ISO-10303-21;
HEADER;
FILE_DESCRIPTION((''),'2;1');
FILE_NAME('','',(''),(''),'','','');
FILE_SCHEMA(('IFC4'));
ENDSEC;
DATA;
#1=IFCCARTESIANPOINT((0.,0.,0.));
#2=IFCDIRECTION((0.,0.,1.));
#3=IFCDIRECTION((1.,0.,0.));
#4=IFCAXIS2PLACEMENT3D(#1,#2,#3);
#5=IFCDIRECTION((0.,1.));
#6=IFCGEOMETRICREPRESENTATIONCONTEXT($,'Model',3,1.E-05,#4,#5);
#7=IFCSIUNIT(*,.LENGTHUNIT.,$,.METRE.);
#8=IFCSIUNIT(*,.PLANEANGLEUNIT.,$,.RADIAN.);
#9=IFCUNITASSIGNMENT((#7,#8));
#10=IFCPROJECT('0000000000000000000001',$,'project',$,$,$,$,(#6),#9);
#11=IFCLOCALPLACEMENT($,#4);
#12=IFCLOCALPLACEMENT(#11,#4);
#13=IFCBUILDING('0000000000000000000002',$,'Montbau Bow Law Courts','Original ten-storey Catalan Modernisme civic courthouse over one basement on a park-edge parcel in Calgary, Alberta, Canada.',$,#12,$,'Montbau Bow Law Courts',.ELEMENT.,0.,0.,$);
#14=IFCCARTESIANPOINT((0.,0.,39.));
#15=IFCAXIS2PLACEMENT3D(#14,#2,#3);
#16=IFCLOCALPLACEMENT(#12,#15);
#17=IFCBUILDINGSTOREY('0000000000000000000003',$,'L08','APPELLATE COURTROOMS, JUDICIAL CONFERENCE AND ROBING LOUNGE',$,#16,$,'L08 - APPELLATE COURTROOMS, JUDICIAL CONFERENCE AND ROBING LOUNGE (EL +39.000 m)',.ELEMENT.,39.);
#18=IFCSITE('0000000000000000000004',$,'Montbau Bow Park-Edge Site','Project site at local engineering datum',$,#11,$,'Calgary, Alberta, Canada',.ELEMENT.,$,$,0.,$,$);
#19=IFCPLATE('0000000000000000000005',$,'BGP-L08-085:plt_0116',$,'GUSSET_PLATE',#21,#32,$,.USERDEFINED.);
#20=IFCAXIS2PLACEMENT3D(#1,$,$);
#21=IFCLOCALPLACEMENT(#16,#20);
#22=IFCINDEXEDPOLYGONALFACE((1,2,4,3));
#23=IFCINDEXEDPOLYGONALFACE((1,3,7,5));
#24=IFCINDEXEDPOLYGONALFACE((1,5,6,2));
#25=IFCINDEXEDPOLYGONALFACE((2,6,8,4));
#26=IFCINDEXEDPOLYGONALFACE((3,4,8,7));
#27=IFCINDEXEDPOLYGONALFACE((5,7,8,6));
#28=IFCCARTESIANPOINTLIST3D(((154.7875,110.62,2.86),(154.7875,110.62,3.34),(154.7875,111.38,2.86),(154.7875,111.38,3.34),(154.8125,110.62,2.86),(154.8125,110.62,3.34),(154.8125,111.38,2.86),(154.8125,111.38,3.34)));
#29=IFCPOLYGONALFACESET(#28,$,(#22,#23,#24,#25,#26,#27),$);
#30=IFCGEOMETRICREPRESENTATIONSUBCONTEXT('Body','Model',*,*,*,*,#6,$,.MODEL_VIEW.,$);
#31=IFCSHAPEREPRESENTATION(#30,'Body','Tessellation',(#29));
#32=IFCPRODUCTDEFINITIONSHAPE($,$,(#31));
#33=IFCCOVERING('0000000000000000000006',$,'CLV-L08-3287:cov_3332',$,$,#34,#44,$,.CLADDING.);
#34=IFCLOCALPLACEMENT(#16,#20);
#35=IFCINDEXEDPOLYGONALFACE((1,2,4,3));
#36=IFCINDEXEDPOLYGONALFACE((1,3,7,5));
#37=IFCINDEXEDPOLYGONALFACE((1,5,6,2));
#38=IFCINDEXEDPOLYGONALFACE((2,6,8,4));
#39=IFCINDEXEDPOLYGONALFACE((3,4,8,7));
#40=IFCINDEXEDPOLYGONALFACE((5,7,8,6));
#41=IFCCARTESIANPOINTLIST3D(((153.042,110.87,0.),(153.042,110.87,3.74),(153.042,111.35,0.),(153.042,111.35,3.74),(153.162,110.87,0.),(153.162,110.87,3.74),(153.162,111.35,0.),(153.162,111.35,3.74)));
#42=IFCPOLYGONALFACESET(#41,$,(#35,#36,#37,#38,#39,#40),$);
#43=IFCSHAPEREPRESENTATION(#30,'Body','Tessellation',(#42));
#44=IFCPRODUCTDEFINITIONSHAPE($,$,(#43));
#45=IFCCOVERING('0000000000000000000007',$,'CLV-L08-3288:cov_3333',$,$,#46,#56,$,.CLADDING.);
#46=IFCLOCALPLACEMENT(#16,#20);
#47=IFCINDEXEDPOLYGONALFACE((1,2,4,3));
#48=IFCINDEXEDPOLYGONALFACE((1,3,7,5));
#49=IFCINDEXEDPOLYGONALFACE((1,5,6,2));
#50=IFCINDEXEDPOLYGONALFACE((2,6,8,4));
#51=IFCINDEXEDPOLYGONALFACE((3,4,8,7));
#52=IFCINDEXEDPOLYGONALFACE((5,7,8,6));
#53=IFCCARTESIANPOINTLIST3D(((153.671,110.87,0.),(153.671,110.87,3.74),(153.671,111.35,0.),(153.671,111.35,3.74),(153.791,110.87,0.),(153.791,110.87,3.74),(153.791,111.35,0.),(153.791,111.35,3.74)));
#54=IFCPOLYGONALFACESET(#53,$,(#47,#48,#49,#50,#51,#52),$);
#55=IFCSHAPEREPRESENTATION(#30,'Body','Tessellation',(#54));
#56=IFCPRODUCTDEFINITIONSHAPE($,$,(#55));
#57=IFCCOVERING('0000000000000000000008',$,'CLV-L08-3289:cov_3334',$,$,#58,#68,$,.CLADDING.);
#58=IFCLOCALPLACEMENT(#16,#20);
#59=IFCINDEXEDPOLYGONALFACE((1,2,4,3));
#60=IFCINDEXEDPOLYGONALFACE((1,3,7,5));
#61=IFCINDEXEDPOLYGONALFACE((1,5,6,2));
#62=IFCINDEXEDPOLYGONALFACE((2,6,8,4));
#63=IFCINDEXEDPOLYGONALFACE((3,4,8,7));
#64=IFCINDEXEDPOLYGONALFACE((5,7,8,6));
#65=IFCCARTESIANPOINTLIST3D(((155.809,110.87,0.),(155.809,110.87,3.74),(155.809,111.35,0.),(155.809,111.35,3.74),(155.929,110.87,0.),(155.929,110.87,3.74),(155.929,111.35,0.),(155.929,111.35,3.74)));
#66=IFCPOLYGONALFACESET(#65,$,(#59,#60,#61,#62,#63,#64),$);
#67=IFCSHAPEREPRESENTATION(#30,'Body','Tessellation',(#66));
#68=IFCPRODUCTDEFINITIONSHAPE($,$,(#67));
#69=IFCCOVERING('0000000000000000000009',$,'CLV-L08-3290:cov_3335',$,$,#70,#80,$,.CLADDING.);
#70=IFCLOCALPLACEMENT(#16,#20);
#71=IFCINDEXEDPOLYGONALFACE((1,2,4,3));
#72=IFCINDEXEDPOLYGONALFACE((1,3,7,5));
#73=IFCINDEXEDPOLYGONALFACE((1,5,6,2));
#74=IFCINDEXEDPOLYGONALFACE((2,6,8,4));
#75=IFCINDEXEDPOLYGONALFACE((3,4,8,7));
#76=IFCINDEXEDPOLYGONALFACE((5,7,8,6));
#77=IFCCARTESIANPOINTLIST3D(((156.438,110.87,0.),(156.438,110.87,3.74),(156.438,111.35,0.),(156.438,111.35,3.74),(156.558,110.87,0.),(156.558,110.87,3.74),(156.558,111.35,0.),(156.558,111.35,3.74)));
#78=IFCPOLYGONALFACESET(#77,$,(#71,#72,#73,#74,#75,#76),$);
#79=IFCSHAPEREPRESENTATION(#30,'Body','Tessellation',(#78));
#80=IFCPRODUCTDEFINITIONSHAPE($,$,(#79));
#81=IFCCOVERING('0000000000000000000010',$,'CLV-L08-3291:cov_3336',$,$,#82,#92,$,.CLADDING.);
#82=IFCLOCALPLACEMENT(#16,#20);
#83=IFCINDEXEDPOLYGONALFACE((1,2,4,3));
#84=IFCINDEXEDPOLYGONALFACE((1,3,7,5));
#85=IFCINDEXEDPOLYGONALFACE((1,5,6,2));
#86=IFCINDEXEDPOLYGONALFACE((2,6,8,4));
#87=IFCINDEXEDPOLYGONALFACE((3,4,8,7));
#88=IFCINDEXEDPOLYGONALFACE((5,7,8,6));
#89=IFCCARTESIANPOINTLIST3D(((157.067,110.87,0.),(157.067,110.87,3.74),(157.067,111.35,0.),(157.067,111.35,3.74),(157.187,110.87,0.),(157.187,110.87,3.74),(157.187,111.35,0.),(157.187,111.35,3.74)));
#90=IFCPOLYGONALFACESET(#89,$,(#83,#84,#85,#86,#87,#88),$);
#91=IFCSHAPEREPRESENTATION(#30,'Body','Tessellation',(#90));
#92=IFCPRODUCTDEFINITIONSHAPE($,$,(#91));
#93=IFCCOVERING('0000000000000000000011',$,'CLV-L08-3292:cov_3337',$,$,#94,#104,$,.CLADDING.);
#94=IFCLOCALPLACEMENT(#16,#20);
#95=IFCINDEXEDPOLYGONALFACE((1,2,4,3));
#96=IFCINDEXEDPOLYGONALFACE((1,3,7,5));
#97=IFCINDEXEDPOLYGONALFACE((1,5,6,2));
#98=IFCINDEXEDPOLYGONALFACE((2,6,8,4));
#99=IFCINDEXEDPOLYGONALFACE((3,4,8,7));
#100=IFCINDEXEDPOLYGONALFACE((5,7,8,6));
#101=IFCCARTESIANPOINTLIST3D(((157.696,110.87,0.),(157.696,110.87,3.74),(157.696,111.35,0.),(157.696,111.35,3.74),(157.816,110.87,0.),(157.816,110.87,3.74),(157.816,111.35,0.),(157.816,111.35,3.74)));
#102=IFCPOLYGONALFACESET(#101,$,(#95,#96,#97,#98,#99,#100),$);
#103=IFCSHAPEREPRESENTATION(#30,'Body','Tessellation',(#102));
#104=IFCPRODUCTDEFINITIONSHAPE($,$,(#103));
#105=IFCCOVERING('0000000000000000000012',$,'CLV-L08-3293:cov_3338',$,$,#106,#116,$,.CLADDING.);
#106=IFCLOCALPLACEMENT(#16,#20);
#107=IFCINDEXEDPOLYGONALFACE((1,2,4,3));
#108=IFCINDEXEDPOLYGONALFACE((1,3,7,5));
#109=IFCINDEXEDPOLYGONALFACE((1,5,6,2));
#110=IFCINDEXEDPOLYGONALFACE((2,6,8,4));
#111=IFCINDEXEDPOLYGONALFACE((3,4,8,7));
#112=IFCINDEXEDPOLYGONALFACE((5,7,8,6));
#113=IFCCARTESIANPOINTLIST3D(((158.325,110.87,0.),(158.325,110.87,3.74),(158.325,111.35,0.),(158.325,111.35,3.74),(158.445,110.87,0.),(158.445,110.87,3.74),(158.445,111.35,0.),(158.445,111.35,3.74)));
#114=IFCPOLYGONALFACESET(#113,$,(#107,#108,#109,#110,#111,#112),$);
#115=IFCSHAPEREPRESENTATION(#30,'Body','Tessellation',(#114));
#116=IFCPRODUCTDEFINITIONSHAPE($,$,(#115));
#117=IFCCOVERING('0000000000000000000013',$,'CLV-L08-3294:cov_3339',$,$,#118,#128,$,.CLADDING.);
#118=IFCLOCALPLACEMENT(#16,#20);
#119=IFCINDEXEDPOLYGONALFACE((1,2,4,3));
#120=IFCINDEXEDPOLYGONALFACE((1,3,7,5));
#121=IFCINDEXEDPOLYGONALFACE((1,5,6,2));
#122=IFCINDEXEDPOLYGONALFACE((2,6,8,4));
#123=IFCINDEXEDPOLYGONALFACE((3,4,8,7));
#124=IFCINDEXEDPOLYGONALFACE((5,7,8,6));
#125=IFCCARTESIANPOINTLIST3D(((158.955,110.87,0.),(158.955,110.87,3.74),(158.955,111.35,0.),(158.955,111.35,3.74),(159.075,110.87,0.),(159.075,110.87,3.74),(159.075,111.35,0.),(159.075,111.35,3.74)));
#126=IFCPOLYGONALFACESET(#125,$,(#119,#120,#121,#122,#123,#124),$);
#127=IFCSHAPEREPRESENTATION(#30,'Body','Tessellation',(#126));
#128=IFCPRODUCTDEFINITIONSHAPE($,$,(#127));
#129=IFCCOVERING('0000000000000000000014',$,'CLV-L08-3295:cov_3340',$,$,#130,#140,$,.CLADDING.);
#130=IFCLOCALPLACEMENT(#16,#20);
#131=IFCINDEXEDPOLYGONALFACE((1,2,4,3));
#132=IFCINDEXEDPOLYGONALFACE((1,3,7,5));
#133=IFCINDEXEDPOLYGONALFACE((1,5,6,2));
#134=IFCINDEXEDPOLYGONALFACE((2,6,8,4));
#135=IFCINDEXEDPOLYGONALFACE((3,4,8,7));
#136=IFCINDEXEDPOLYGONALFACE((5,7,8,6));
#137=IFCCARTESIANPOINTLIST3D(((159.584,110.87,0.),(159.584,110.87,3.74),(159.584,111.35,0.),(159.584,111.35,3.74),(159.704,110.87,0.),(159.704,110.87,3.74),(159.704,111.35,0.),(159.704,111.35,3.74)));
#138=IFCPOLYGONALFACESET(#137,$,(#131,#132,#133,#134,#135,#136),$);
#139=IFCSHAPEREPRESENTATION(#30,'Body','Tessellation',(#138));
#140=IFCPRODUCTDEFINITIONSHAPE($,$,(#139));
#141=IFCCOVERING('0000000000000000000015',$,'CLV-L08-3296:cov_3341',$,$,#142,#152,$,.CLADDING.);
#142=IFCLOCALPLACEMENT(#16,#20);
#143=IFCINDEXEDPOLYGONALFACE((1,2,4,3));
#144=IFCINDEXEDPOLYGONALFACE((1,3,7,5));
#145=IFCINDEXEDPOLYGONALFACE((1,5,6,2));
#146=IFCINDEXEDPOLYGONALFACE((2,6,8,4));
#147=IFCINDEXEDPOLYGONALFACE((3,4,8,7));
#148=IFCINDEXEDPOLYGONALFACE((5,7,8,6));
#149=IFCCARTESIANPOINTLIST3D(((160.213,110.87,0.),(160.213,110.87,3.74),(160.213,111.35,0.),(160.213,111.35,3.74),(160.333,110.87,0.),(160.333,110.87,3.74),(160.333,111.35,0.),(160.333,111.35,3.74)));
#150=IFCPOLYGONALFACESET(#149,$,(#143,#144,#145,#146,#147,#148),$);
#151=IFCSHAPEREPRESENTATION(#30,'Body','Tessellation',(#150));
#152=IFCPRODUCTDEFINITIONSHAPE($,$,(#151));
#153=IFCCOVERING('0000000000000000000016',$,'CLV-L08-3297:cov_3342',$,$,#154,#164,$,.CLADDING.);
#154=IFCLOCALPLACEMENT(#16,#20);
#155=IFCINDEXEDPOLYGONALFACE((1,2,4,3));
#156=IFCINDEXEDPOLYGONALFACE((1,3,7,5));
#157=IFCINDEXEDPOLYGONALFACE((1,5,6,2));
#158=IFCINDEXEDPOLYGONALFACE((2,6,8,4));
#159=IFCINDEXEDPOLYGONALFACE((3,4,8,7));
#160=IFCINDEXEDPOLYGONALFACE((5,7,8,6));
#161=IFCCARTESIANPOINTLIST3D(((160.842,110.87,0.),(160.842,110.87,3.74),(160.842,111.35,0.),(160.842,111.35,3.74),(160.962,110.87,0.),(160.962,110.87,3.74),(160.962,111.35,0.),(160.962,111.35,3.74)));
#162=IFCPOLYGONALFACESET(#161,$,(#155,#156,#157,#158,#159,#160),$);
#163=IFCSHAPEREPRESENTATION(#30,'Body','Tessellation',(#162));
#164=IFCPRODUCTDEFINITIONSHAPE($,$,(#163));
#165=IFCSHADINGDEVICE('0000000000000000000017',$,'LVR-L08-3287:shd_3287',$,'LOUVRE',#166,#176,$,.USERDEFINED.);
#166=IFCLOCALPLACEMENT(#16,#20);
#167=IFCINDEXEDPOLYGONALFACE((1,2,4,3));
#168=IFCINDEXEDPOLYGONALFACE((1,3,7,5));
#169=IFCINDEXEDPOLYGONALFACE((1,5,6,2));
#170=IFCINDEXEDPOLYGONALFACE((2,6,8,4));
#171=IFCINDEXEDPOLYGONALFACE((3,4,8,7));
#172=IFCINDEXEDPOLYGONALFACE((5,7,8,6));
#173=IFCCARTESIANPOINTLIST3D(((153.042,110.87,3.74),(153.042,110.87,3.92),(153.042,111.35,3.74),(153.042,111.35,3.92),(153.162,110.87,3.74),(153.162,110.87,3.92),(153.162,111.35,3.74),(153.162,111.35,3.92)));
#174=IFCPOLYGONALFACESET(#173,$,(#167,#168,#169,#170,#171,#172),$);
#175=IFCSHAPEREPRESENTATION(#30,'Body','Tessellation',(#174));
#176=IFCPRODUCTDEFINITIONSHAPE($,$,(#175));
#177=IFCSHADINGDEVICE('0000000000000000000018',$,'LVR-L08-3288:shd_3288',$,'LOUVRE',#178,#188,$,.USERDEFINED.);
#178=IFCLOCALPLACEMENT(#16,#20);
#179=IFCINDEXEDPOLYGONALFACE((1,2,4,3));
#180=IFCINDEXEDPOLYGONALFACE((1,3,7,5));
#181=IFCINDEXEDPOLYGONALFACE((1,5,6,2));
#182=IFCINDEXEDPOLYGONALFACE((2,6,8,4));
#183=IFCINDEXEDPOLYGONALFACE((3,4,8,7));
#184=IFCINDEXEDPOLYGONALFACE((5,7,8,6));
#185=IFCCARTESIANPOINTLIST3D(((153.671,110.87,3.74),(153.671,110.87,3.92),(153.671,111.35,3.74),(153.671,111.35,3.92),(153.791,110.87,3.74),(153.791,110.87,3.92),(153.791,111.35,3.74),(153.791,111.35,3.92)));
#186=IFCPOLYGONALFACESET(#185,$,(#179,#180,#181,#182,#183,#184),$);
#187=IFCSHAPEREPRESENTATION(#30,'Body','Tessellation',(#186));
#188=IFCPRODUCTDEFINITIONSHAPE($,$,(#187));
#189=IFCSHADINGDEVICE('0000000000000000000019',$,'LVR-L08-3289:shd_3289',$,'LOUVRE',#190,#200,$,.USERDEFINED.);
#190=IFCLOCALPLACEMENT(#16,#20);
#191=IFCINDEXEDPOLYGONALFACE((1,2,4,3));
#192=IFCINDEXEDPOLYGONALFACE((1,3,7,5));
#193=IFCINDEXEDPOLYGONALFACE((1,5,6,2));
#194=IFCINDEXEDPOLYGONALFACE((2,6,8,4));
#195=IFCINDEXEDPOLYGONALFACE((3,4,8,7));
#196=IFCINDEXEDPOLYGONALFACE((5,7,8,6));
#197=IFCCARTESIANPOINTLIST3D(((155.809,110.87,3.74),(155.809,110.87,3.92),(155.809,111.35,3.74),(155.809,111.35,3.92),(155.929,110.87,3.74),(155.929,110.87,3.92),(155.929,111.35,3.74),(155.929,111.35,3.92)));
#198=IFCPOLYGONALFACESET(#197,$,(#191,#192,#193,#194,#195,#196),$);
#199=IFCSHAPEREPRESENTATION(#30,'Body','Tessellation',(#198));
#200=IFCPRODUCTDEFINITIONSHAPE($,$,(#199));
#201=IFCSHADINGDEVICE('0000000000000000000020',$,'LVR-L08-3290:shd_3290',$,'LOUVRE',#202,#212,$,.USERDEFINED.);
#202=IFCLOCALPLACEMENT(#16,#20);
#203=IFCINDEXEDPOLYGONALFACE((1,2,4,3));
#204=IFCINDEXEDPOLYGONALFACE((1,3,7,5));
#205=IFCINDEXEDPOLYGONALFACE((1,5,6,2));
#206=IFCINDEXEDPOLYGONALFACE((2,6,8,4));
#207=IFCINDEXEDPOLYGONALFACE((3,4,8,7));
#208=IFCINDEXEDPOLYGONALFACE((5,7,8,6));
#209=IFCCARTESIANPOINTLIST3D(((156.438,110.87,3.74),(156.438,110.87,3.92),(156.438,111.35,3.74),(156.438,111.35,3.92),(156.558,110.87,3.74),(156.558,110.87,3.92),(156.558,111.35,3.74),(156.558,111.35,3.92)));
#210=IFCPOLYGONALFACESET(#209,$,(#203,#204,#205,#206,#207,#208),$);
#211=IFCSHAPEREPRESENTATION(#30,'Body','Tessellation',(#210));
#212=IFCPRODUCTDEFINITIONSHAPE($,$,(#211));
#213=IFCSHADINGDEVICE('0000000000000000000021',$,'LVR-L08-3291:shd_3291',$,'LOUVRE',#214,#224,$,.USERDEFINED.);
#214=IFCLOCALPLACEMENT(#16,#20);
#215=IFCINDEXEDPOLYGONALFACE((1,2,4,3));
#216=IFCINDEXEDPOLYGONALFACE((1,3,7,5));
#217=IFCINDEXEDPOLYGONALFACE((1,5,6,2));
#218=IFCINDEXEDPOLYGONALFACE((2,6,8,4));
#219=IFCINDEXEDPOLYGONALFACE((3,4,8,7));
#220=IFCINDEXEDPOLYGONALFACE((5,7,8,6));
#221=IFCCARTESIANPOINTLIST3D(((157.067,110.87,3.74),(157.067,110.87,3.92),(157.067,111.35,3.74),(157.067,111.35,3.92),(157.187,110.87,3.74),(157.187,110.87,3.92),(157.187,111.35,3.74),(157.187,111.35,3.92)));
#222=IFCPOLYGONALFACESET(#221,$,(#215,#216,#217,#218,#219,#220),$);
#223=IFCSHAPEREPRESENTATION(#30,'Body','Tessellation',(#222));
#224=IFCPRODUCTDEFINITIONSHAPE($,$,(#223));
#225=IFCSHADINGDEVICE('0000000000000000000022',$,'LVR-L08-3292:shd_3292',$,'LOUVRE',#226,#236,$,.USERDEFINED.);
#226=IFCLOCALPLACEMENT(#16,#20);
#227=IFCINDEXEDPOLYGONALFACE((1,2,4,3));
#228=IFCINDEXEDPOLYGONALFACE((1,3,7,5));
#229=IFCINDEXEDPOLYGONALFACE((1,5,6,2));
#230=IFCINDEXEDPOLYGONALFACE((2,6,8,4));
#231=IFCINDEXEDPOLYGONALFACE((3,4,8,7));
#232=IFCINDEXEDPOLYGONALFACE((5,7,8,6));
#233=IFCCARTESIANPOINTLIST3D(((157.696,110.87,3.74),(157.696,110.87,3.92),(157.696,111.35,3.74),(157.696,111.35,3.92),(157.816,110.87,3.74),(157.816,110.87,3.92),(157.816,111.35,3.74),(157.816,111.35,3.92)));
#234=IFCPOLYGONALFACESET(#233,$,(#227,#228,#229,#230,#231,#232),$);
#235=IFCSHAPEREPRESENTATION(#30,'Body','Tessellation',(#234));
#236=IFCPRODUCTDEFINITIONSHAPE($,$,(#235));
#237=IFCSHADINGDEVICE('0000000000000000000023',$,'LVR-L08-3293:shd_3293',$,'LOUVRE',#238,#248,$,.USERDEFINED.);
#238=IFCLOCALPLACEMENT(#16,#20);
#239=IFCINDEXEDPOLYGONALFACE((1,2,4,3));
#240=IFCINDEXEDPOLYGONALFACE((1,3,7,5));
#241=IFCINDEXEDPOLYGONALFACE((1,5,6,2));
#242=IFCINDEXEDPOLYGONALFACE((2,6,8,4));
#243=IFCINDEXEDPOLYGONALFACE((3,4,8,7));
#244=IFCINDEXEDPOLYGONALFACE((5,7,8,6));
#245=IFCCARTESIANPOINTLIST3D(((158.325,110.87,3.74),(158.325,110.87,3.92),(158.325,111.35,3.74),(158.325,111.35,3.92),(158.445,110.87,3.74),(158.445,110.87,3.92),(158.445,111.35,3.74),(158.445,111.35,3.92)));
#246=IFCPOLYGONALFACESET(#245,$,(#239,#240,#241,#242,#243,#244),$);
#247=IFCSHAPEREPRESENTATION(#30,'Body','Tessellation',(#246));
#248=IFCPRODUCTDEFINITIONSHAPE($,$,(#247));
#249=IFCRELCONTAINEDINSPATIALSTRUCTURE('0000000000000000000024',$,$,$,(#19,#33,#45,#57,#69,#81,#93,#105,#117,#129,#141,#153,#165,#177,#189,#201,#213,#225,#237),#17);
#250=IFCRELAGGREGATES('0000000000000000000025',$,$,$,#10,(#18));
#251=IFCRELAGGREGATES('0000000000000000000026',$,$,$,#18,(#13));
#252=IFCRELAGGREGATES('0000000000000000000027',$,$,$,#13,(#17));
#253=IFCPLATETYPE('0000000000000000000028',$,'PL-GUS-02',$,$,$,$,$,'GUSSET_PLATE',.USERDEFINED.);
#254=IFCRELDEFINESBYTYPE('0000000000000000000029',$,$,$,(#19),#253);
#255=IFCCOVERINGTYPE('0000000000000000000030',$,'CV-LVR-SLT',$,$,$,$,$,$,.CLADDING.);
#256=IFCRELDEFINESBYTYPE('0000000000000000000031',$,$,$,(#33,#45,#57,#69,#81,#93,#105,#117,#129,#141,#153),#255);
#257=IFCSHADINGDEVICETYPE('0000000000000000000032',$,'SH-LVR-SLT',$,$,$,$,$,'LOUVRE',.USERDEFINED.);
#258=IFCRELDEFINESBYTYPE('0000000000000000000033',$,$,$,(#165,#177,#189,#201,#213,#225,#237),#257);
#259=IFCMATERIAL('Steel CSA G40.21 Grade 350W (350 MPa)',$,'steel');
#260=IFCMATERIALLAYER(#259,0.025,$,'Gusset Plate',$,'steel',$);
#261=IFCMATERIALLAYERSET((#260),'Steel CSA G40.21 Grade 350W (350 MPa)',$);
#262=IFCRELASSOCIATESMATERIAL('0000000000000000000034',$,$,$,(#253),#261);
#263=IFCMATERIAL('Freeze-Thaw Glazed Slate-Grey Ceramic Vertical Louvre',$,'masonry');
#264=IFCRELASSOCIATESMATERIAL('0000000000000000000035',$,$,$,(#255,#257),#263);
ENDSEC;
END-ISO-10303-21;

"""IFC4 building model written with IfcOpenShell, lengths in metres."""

from ifc_helpers import new_model, si_unit, direction, frame, frame_2d, origin_with_axes, origin_2d_with_axis, place, context, subcontext, project, spatial, rectangle, extrude, material, layer, layer_set, type_object, element, save


model = new_model("IFC4")

# Units and contexts
model_context = context("Model", 3, precision=1e-05, world=origin_with_axes(), true_north=direction((0.0, 1.0)))
body_context = subcontext(model_context, "Body", "Model", "MODEL_VIEW")
ifc_project = project(units=[si_unit("LENGTHUNIT", "METRE"), si_unit("PLANEANGLEUNIT", "RADIAN")], contexts=[model_context])

# Site, building, storey
site_placement = place(None, origin_with_axes())
site = spatial("IfcSite", under=ifc_project, at=site_placement, Name="Montbau Bow Park-Edge Site", Description="Project site at local engineering datum", LongName="Calgary, Alberta, Canada", CompositionType="ELEMENT", RefElevation=0.0)
building_placement = place(site_placement, origin_with_axes())
building = spatial("IfcBuilding", under=site, at=building_placement, Name="Montbau Bow Law Courts", Description="Original ten-storey Catalan Modernisme civic courthouse over one basement on a park-edge parcel in Calgary, Alberta, Canada.", LongName="Montbau Bow Law Courts", CompositionType="ELEMENT", ElevationOfRefHeight=0.0, ElevationOfTerrain=0.0)
storey_placement = place(building_placement, frame((0.0, 0.0, 39.0), z_axis=(0.0, 0.0, 1.0), x_axis=(1.0, 0.0, 0.0)))
storey = spatial("IfcBuildingStorey", under=building, at=storey_placement, Name="L08", Description="APPELLATE COURTROOMS, JUDICIAL CONFERENCE AND ROBING LOUNGE", LongName="L08 - APPELLATE COURTROOMS, JUDICIAL CONFERENCE AND ROBING LOUNGE (EL +39.000 m)", CompositionType="ELEMENT", Elevation=39.0)

# Plate
ifc_material_1 = material(Name="Steel CSA G40.21 Grade 350W (350 MPa)", Category="steel")
ifc_layer_1 = layer(ifc_material_1, 0.025, Name="Gusset Plate", Category="steel")
ifc_layer_set_1 = layer_set([ifc_layer_1], Name="Steel CSA G40.21 Grade 350W (350 MPa)")
plate_type_1 = type_object("IfcPlateType", Name="PL-GUS-02", ElementType="GUSSET_PLATE", PredefinedType="USERDEFINED", material=ifc_layer_set_1)
for number, where, z_axis, x_axis, name in (
    (1, (154.8, 111.0, 41.86), (0.0, 0.0, 1.0), (0.0, 1.0, 0.0), "BGP-L08-085:plt_0116"),
):
    element("IfcPlate", number, at=place(None, frame(where, z_axis=z_axis, x_axis=x_axis)), inside=storey, type_object=plate_type_1, Name=name, ObjectType="GUSSET_PLATE", PredefinedType="USERDEFINED", context=body_context, shape_type="SweptSolid", body=[
        extrude(rectangle(XDim=0.76, YDim=0.025, at=origin_2d_with_axis()), origin_with_axes(), (0.0, 0.0, 1.0), 0.48),
    ])

# Coverings
ifc_material_2 = material(Name="Freeze-Thaw Glazed Slate-Grey Ceramic Vertical Louvre", Category="masonry")
covering_type = type_object("IfcCoveringType", Name="CV-LVR-SLT", PredefinedType="CLADDING", material=ifc_material_2)
for number, where, z_axis, x_axis, name in (
    (2, (153.102, 110.87, 39.0), (1.0, 0.0, 0.0), (0.0, 1.0, 0.0), "CLV-L08-3287:cov_3332"),
    (3, (153.731, 110.87, 39.0), (1.0, 0.0, 0.0), (0.0, 1.0, 0.0), "CLV-L08-3288:cov_3333"),
    (4, (155.869, 110.87, 39.0), (1.0, 0.0, 0.0), (0.0, 1.0, 0.0), "CLV-L08-3289:cov_3334"),
    (5, (156.498, 110.87, 39.0), (1.0, 0.0, 0.0), (0.0, 1.0, 0.0), "CLV-L08-3290:cov_3335"),
    (6, (157.127, 110.87, 39.0), (1.0, 0.0, 0.0), (0.0, 1.0, 0.0), "CLV-L08-3291:cov_3336"),
    (7, (157.756, 110.87, 39.0), (1.0, 0.0, 0.0), (0.0, 1.0, 0.0), "CLV-L08-3292:cov_3337"),
    (8, (158.385, 110.87, 39.0), (1.0, 0.0, 0.0), (0.0, 1.0, 0.0), "CLV-L08-3293:cov_3338"),
    (9, (159.015, 110.87, 39.0), (1.0, 0.0, 0.0), (0.0, 1.0, 0.0), "CLV-L08-3294:cov_3339"),
    (10, (159.644, 110.87, 39.0), (1.0, 0.0, 0.0), (0.0, 1.0, 0.0), "CLV-L08-3295:cov_3340"),
    (11, (160.273, 110.87, 39.0), (1.0, 0.0, 0.0), (0.0, 1.0, 0.0), "CLV-L08-3296:cov_3341"),
    (12, (160.902, 110.87, 39.0), (1.0, 0.0, 0.0), (0.0, 1.0, 0.0), "CLV-L08-3297:cov_3342"),
):
    element("IfcCovering", number, at=place(None, frame(where, z_axis=z_axis, x_axis=x_axis)), inside=storey, type_object=covering_type, Name=name, PredefinedType="CLADDING", context=body_context, shape_type="SweptSolid", body=[
        extrude(rectangle(XDim=0.48, YDim=3.74, at=frame_2d((0.24, 1.87), x_axis=(1.0, 0.0))), frame((0.0, 0.0, -0.06), z_axis=(0.0, 0.0, 1.0), x_axis=(1.0, 0.0, 0.0)), (0.0, 0.0, 1.0), 0.12),
    ])

# Shading devices
shading_device_type = type_object("IfcShadingDeviceType", Name="SH-LVR-SLT", ElementType="LOUVRE", PredefinedType="USERDEFINED", material=ifc_material_2)
for number, where, z_axis, x_axis, name in (
    (13, (153.102, 111.11, 42.74), (0.0, 0.0, 1.0), (0.0, 1.0, 0.0), "LVR-L08-3287:shd_3287"),
    (14, (153.731, 111.11, 42.74), (0.0, 0.0, 1.0), (0.0, 1.0, 0.0), "LVR-L08-3288:shd_3288"),
    (15, (155.869, 111.11, 42.74), (0.0, 0.0, 1.0), (0.0, 1.0, 0.0), "LVR-L08-3289:shd_3289"),
    (16, (156.498, 111.11, 42.74), (0.0, 0.0, 1.0), (0.0, 1.0, 0.0), "LVR-L08-3290:shd_3290"),
    (17, (157.127, 111.11, 42.74), (0.0, 0.0, 1.0), (0.0, 1.0, 0.0), "LVR-L08-3291:shd_3291"),
    (18, (157.756, 111.11, 42.74), (0.0, 0.0, 1.0), (0.0, 1.0, 0.0), "LVR-L08-3292:shd_3292"),
    (19, (158.385, 111.11, 42.74), (0.0, 0.0, 1.0), (0.0, 1.0, 0.0), "LVR-L08-3293:shd_3293"),
):
    element("IfcShadingDevice", number, at=place(None, frame(where, z_axis=z_axis, x_axis=x_axis)), inside=storey, type_object=shading_device_type, Name=name, ObjectType="LOUVRE", PredefinedType="USERDEFINED", context=body_context, shape_type="SweptSolid", body=[
        extrude(rectangle(XDim=0.48, YDim=0.12, at=origin_2d_with_axis()), origin_with_axes(), (0.0, 0.0, 1.0), 0.18),
    ])

save(model, "model.ifc")
